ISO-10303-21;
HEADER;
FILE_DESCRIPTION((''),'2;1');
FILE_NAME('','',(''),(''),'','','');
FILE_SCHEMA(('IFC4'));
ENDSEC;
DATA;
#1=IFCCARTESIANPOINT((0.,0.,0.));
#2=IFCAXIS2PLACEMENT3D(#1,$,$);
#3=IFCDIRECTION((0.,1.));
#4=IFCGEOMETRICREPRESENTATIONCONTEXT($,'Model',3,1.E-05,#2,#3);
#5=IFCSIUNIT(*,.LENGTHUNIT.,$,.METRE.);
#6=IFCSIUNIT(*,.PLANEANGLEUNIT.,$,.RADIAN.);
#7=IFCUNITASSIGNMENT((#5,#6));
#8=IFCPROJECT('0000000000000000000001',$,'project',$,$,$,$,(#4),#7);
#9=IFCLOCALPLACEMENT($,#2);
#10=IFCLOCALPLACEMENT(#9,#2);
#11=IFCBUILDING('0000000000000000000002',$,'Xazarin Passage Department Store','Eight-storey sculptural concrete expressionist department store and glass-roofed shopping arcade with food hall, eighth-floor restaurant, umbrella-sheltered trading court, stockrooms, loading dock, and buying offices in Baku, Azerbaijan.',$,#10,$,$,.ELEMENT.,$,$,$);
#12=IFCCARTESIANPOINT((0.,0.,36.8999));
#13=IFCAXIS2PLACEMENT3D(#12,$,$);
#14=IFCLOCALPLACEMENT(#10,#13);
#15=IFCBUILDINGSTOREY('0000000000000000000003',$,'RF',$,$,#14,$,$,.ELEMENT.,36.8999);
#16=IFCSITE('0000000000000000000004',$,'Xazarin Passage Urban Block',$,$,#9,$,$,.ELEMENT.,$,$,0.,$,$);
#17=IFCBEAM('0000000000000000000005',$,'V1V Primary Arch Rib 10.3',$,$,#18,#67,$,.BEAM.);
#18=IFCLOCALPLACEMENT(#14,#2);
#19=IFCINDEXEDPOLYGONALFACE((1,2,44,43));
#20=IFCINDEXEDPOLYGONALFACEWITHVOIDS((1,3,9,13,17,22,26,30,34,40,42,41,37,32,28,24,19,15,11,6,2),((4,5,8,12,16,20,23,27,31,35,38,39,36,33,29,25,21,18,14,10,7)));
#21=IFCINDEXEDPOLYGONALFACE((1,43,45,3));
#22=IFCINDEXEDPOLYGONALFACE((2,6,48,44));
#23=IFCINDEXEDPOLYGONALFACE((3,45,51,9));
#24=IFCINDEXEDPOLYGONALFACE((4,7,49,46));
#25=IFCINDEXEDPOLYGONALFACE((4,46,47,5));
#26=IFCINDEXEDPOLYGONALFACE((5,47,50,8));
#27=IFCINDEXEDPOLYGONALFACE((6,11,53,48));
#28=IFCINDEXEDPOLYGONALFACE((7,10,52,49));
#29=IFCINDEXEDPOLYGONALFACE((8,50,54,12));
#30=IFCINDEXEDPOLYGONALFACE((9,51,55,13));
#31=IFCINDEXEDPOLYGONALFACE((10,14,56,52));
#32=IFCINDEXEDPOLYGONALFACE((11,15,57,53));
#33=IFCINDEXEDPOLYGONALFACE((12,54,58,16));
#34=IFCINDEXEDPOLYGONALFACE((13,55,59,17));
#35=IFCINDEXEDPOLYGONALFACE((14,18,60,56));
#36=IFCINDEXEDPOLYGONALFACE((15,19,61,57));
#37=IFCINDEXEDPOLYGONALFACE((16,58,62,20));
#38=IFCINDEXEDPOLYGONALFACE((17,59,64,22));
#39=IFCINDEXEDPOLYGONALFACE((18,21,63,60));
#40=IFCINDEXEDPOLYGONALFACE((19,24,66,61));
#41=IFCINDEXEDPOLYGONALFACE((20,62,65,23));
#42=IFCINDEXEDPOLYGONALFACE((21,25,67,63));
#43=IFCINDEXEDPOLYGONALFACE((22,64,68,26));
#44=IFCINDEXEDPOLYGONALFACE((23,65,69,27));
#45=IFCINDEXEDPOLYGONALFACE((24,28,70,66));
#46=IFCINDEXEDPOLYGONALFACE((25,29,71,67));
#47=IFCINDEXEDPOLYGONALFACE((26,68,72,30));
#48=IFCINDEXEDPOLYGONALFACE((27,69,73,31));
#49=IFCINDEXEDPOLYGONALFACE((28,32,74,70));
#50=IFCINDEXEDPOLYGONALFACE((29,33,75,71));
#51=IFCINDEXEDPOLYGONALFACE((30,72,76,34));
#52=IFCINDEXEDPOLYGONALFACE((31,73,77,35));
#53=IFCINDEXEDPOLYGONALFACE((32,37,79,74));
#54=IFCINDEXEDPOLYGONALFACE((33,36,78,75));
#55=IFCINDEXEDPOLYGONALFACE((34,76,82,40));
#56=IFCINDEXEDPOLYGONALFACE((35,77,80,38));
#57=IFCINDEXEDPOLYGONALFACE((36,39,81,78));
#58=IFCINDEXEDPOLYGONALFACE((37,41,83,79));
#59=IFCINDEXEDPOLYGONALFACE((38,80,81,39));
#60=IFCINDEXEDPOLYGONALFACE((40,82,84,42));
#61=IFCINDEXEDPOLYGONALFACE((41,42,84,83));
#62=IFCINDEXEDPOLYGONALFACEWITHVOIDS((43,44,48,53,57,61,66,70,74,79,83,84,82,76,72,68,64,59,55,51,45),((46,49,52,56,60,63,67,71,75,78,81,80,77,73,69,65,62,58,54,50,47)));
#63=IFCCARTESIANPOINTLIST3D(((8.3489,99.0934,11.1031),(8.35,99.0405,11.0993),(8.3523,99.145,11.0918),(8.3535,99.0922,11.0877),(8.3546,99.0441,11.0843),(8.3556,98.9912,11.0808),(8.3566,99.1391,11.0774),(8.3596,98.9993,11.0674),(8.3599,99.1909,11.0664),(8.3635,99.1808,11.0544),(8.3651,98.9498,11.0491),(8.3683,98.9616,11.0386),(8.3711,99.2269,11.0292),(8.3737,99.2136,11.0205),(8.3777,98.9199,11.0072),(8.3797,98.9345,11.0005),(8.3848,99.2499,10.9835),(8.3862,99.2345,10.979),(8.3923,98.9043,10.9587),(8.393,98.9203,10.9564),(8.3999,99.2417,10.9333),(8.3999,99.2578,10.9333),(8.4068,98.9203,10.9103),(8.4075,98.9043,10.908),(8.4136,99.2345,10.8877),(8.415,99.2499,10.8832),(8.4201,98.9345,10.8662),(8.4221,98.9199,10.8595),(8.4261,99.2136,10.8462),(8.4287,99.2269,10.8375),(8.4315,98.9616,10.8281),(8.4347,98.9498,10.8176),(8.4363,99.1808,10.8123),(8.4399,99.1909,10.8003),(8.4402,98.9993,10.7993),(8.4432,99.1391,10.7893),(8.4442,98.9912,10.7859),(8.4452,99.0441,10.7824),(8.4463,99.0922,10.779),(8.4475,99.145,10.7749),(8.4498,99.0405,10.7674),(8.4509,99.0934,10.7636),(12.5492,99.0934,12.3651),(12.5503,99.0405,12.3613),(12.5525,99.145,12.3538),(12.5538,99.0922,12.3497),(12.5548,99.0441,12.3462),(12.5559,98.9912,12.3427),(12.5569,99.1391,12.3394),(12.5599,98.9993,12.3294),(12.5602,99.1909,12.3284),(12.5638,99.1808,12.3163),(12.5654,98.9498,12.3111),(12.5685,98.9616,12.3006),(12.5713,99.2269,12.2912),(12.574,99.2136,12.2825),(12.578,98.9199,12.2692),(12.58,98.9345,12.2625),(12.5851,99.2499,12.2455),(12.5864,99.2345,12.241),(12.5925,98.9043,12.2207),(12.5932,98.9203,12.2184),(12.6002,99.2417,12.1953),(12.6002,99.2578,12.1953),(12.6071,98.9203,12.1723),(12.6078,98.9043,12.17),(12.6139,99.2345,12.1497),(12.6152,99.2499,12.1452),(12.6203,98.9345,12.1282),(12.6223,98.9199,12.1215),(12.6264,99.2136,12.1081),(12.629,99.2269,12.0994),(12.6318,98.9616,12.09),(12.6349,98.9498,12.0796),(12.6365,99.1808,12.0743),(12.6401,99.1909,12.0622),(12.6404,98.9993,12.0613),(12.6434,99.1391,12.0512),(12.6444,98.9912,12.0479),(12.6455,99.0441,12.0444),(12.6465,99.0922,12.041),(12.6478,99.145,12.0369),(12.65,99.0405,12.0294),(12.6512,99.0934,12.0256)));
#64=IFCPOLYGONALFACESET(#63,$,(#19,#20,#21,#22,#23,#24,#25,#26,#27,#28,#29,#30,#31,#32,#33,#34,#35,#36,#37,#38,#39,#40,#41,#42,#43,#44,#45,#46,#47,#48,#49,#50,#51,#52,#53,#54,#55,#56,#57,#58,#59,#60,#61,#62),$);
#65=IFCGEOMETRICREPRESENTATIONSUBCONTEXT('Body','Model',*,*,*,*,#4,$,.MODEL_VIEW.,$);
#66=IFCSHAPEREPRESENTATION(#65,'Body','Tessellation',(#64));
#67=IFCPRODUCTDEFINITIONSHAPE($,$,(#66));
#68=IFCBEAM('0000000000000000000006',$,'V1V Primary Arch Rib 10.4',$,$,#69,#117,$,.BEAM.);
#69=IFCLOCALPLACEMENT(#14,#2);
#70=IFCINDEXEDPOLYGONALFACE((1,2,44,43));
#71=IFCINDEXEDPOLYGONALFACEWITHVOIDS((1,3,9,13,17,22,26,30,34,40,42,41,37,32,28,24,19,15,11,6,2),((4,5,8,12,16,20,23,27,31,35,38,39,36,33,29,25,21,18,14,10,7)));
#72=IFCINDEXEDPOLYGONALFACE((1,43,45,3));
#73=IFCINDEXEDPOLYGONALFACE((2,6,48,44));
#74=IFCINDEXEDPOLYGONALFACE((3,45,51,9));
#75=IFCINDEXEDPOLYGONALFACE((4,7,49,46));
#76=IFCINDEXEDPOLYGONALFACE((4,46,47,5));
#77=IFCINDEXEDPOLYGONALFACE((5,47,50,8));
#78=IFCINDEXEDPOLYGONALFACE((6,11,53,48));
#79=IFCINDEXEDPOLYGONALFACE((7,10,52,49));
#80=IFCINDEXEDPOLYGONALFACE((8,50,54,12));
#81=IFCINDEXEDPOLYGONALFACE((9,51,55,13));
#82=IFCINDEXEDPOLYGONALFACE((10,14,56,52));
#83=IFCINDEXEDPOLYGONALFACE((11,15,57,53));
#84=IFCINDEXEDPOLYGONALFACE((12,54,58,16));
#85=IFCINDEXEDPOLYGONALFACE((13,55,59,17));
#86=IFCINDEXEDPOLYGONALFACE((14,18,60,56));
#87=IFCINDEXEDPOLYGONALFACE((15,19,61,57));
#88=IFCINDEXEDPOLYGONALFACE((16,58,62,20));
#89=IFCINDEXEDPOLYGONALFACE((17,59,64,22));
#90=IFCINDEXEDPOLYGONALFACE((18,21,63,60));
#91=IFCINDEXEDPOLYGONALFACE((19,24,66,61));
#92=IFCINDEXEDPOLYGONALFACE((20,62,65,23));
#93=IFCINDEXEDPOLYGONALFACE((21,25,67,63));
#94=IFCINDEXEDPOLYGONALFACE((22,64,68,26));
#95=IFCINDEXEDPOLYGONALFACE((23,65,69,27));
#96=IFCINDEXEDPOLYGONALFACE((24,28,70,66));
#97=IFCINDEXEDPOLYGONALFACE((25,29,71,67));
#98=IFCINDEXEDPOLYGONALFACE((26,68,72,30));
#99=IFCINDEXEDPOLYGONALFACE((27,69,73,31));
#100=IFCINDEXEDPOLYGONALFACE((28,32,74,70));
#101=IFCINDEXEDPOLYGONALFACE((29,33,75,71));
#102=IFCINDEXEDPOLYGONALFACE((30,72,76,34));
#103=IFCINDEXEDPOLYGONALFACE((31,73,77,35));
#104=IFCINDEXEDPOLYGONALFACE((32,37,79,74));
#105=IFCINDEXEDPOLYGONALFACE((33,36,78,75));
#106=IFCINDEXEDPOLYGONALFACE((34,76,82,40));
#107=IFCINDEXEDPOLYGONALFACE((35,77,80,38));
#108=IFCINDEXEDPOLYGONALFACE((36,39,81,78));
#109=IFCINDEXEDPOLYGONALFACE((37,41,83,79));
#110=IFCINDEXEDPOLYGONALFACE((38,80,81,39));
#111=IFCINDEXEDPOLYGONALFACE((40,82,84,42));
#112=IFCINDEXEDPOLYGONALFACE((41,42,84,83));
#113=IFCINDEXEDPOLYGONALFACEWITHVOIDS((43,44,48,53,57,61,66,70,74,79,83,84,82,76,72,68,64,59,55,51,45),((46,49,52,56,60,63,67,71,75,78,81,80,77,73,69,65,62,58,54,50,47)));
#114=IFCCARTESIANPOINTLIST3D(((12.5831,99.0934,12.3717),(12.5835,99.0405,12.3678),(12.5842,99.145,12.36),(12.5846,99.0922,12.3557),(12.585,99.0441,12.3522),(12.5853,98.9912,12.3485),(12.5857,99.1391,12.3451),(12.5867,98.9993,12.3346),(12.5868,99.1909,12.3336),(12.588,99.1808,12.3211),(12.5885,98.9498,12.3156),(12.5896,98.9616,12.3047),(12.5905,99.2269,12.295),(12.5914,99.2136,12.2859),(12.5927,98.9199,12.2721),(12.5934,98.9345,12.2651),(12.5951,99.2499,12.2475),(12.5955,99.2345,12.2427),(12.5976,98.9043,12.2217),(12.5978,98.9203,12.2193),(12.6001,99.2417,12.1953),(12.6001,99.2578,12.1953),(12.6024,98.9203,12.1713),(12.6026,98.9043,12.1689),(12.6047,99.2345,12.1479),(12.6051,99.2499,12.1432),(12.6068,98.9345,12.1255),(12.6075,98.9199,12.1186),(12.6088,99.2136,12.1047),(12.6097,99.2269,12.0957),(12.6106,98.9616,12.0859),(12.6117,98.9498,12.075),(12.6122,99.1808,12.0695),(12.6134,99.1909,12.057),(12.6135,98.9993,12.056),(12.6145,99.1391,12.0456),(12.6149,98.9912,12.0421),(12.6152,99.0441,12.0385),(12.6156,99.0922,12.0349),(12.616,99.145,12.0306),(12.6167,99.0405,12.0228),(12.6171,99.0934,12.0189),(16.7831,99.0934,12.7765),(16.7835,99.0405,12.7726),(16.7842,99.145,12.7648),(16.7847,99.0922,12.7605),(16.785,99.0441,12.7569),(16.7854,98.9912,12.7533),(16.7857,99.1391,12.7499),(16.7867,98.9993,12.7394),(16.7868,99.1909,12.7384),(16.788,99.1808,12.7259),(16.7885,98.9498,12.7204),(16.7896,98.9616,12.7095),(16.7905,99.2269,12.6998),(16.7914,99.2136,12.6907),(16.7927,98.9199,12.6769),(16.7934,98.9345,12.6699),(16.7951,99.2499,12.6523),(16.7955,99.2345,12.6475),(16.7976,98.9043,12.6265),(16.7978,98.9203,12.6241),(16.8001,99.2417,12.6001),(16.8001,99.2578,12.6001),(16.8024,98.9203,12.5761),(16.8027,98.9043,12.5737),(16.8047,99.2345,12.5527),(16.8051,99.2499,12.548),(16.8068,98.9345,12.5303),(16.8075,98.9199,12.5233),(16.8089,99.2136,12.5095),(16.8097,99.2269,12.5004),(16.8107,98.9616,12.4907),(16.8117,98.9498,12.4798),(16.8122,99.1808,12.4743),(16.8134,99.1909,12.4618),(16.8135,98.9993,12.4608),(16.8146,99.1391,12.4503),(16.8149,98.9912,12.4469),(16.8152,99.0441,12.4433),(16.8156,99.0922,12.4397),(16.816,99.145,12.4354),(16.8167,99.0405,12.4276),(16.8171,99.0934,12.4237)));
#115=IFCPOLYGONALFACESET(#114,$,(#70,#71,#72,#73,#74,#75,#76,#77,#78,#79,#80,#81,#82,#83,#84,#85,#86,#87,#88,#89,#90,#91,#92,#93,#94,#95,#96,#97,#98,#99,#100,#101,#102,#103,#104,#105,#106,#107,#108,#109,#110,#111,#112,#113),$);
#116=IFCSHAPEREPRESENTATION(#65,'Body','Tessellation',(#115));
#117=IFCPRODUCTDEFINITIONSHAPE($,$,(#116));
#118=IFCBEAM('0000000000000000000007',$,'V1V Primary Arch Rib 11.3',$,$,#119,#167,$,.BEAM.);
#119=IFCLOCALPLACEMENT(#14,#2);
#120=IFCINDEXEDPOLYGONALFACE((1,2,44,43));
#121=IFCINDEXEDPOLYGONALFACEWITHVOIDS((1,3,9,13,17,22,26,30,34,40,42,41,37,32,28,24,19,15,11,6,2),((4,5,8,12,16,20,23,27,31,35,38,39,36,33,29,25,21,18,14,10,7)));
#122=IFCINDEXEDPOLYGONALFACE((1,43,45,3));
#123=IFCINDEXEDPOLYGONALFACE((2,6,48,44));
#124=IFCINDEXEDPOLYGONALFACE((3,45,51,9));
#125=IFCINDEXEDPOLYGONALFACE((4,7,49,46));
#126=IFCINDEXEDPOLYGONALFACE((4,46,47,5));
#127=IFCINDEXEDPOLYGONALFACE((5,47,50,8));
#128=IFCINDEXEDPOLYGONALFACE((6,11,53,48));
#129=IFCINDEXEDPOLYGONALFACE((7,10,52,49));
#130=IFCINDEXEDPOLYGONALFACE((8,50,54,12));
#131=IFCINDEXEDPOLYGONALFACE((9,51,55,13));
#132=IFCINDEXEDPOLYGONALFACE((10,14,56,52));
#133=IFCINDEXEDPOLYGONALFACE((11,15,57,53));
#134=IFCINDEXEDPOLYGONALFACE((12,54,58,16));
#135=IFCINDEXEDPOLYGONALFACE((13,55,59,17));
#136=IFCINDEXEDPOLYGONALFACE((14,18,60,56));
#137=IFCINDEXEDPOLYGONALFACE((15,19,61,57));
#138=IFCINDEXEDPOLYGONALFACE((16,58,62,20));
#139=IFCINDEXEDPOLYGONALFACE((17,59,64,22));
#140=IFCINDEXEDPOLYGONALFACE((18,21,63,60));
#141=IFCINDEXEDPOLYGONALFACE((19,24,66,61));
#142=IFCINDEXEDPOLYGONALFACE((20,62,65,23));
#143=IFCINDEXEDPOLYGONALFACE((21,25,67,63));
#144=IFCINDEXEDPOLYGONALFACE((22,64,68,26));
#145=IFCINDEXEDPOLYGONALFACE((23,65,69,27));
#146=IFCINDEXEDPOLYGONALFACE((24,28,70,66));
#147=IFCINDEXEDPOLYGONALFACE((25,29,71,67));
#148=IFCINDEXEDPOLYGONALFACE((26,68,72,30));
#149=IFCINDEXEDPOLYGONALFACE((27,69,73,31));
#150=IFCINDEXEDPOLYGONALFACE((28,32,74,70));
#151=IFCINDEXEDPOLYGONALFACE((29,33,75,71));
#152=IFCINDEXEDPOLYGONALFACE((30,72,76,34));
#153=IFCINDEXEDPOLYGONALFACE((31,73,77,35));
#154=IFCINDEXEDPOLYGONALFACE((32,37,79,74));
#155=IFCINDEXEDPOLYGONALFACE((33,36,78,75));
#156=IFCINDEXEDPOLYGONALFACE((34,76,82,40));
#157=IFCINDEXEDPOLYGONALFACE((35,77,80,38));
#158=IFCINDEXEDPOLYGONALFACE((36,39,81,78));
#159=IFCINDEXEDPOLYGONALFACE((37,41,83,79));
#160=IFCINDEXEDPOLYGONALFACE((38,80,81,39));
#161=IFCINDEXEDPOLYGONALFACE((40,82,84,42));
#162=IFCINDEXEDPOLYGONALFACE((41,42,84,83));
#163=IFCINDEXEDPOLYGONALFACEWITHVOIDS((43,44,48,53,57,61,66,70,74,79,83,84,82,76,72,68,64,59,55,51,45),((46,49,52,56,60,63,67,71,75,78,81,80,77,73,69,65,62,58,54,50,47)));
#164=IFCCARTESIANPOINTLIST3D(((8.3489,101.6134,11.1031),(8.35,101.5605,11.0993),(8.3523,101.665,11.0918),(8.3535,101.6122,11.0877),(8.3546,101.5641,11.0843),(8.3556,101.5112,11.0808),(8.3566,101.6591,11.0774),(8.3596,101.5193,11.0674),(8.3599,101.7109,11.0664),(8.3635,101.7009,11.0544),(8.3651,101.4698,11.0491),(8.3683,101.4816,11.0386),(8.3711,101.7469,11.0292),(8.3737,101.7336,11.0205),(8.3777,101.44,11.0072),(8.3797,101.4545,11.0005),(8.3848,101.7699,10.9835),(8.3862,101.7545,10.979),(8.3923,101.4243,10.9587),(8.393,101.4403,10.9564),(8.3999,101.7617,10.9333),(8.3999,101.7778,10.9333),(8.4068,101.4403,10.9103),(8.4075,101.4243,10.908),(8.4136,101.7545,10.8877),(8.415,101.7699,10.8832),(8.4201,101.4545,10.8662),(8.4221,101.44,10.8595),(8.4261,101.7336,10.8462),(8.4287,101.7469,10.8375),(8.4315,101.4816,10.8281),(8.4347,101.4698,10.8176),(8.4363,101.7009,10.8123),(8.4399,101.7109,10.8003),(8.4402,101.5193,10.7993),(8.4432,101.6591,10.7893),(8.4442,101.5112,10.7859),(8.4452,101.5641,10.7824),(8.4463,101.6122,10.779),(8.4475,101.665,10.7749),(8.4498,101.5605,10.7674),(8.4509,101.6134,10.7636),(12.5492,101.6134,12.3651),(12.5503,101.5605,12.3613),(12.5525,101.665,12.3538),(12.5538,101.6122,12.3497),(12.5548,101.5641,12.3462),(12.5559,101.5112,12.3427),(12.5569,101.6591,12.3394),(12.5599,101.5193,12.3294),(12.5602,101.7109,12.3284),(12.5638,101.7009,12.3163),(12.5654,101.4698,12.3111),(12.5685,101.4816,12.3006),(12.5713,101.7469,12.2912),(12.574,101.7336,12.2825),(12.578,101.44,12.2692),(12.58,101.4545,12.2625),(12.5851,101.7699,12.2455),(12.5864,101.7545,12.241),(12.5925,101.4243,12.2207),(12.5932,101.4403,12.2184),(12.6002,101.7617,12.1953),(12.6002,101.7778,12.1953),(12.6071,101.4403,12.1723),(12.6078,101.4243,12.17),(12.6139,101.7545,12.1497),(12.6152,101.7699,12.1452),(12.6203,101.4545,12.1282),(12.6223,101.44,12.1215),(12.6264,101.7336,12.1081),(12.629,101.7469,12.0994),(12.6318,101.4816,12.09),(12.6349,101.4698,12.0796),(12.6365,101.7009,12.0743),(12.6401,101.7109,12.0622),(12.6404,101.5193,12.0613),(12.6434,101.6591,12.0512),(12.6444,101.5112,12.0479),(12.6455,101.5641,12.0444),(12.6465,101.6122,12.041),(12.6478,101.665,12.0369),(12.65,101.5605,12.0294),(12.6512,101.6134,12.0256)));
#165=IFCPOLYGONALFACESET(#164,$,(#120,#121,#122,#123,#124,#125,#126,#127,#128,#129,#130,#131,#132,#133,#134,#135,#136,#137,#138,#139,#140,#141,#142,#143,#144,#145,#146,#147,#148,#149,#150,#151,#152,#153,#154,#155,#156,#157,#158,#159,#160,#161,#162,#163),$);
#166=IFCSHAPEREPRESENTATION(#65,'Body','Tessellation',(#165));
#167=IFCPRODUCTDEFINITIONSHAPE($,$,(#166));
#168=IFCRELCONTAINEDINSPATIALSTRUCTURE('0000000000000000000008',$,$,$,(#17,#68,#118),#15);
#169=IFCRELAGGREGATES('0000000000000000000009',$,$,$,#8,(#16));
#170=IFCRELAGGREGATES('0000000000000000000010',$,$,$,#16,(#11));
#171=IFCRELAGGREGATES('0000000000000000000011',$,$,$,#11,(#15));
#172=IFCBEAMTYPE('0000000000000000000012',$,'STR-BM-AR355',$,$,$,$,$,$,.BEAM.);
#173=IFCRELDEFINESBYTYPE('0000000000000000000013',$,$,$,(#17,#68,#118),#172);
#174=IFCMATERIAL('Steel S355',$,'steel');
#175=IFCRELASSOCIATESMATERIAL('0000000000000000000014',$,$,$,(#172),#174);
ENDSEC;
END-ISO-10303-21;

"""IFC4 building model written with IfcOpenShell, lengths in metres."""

from ifc_helpers import new_model, si_unit, direction, frame, origin, origin_2d, place, context, subcontext, project, spatial, hollow_circle, extrude, material, material_profile, profile_set, type_object, element, save


model = new_model("IFC4")

# Units and contexts
model_context = context("Model", 3, precision=1e-05, world=origin(), true_north=direction((0.0, 1.0)))
body_context = subcontext(model_context, "Body", "Model", "MODEL_VIEW")
ifc_project = project(units=[si_unit("LENGTHUNIT", "METRE"), si_unit("PLANEANGLEUNIT", "RADIAN")], contexts=[model_context])

# Site, building, storey
site_placement = place(None, origin())
site = spatial("IfcSite", under=ifc_project, at=site_placement, Name="Xazarin Passage Urban Block", CompositionType="ELEMENT", RefElevation=0.0)
building_placement = place(site_placement, origin())
building = spatial("IfcBuilding", under=site, at=building_placement, Name="Xazarin Passage Department Store", Description="Eight-storey sculptural concrete expressionist department store and glass-roofed shopping arcade with food hall, eighth-floor restaurant, umbrella-sheltered trading court, stockrooms, loading dock, and buying offices in Baku, Azerbaijan.", CompositionType="ELEMENT")
storey_placement = place(building_placement, frame((0.0, 0.0, 36.8999)))
storey = spatial("IfcBuildingStorey", under=building, at=storey_placement, Name="RF", CompositionType="ELEMENT", Elevation=36.8999)

# Beams
ifc_material_1 = material(Name="Steel S355", Category="steel")
ifc_material_profile_1 = material_profile(ifc_material_1, hollow_circle(Radius=0.1777, WallThickness=0.0161, at=origin_2d()), Name="CHS 355.6x16")
ifc_profile_set_1 = profile_set([ifc_material_profile_1], Name="Steel S355")
beam_type = type_object("IfcBeamType", Name="STR-BM-AR355", PredefinedType="BEAM", material=ifc_profile_set_1)
beam_1_placement = place(storey_placement, frame((8.3999, 99.0801, 10.9333), z_axis=(0.957707, 0.0, 0.287746), x_axis=(0.0, 1.0, 0.0)))
element("IfcBeam", 1, at=beam_1_placement, inside=storey, type_object=beam_type, Name="V1V Primary Arch Rib 10.3", PredefinedType="BEAM", context=body_context, shape_type="SweptSolid", body=[
    extrude(hollow_circle(Radius=0.1777, WallThickness=0.0161, at=origin_2d()), origin(), (0.0, 0.0, 1.0), 4.3857),
])
beam_2_placement = place(storey_placement, frame((12.6001, 99.0801, 12.1953), z_axis=(0.995388, 0.0, 0.095934), x_axis=(0.0, 1.0, 0.0)))
element("IfcBeam", 2, at=beam_2_placement, inside=storey, type_object=beam_type, Name="V1V Primary Arch Rib 10.4", PredefinedType="BEAM", context=body_context, shape_type="SweptSolid", body=[
    extrude(hollow_circle(Radius=0.1777, WallThickness=0.0161, at=origin_2d()), origin(), (0.0, 0.0, 1.0), 4.2195),
])
beam_3_placement = place(storey_placement, frame((8.3999, 101.6001, 10.9333), z_axis=(0.957707, 0.0, 0.287746), x_axis=(0.0, 1.0, 0.0)))
element("IfcBeam", 3, at=beam_3_placement, inside=storey, type_object=beam_type, Name="V1V Primary Arch Rib 11.3", PredefinedType="BEAM", context=body_context, shape_type="SweptSolid", body=[
    extrude(hollow_circle(Radius=0.1777, WallThickness=0.0161, at=origin_2d()), origin(), (0.0, 0.0, 1.0), 4.3857),
])

save(model, "model.ifc")
